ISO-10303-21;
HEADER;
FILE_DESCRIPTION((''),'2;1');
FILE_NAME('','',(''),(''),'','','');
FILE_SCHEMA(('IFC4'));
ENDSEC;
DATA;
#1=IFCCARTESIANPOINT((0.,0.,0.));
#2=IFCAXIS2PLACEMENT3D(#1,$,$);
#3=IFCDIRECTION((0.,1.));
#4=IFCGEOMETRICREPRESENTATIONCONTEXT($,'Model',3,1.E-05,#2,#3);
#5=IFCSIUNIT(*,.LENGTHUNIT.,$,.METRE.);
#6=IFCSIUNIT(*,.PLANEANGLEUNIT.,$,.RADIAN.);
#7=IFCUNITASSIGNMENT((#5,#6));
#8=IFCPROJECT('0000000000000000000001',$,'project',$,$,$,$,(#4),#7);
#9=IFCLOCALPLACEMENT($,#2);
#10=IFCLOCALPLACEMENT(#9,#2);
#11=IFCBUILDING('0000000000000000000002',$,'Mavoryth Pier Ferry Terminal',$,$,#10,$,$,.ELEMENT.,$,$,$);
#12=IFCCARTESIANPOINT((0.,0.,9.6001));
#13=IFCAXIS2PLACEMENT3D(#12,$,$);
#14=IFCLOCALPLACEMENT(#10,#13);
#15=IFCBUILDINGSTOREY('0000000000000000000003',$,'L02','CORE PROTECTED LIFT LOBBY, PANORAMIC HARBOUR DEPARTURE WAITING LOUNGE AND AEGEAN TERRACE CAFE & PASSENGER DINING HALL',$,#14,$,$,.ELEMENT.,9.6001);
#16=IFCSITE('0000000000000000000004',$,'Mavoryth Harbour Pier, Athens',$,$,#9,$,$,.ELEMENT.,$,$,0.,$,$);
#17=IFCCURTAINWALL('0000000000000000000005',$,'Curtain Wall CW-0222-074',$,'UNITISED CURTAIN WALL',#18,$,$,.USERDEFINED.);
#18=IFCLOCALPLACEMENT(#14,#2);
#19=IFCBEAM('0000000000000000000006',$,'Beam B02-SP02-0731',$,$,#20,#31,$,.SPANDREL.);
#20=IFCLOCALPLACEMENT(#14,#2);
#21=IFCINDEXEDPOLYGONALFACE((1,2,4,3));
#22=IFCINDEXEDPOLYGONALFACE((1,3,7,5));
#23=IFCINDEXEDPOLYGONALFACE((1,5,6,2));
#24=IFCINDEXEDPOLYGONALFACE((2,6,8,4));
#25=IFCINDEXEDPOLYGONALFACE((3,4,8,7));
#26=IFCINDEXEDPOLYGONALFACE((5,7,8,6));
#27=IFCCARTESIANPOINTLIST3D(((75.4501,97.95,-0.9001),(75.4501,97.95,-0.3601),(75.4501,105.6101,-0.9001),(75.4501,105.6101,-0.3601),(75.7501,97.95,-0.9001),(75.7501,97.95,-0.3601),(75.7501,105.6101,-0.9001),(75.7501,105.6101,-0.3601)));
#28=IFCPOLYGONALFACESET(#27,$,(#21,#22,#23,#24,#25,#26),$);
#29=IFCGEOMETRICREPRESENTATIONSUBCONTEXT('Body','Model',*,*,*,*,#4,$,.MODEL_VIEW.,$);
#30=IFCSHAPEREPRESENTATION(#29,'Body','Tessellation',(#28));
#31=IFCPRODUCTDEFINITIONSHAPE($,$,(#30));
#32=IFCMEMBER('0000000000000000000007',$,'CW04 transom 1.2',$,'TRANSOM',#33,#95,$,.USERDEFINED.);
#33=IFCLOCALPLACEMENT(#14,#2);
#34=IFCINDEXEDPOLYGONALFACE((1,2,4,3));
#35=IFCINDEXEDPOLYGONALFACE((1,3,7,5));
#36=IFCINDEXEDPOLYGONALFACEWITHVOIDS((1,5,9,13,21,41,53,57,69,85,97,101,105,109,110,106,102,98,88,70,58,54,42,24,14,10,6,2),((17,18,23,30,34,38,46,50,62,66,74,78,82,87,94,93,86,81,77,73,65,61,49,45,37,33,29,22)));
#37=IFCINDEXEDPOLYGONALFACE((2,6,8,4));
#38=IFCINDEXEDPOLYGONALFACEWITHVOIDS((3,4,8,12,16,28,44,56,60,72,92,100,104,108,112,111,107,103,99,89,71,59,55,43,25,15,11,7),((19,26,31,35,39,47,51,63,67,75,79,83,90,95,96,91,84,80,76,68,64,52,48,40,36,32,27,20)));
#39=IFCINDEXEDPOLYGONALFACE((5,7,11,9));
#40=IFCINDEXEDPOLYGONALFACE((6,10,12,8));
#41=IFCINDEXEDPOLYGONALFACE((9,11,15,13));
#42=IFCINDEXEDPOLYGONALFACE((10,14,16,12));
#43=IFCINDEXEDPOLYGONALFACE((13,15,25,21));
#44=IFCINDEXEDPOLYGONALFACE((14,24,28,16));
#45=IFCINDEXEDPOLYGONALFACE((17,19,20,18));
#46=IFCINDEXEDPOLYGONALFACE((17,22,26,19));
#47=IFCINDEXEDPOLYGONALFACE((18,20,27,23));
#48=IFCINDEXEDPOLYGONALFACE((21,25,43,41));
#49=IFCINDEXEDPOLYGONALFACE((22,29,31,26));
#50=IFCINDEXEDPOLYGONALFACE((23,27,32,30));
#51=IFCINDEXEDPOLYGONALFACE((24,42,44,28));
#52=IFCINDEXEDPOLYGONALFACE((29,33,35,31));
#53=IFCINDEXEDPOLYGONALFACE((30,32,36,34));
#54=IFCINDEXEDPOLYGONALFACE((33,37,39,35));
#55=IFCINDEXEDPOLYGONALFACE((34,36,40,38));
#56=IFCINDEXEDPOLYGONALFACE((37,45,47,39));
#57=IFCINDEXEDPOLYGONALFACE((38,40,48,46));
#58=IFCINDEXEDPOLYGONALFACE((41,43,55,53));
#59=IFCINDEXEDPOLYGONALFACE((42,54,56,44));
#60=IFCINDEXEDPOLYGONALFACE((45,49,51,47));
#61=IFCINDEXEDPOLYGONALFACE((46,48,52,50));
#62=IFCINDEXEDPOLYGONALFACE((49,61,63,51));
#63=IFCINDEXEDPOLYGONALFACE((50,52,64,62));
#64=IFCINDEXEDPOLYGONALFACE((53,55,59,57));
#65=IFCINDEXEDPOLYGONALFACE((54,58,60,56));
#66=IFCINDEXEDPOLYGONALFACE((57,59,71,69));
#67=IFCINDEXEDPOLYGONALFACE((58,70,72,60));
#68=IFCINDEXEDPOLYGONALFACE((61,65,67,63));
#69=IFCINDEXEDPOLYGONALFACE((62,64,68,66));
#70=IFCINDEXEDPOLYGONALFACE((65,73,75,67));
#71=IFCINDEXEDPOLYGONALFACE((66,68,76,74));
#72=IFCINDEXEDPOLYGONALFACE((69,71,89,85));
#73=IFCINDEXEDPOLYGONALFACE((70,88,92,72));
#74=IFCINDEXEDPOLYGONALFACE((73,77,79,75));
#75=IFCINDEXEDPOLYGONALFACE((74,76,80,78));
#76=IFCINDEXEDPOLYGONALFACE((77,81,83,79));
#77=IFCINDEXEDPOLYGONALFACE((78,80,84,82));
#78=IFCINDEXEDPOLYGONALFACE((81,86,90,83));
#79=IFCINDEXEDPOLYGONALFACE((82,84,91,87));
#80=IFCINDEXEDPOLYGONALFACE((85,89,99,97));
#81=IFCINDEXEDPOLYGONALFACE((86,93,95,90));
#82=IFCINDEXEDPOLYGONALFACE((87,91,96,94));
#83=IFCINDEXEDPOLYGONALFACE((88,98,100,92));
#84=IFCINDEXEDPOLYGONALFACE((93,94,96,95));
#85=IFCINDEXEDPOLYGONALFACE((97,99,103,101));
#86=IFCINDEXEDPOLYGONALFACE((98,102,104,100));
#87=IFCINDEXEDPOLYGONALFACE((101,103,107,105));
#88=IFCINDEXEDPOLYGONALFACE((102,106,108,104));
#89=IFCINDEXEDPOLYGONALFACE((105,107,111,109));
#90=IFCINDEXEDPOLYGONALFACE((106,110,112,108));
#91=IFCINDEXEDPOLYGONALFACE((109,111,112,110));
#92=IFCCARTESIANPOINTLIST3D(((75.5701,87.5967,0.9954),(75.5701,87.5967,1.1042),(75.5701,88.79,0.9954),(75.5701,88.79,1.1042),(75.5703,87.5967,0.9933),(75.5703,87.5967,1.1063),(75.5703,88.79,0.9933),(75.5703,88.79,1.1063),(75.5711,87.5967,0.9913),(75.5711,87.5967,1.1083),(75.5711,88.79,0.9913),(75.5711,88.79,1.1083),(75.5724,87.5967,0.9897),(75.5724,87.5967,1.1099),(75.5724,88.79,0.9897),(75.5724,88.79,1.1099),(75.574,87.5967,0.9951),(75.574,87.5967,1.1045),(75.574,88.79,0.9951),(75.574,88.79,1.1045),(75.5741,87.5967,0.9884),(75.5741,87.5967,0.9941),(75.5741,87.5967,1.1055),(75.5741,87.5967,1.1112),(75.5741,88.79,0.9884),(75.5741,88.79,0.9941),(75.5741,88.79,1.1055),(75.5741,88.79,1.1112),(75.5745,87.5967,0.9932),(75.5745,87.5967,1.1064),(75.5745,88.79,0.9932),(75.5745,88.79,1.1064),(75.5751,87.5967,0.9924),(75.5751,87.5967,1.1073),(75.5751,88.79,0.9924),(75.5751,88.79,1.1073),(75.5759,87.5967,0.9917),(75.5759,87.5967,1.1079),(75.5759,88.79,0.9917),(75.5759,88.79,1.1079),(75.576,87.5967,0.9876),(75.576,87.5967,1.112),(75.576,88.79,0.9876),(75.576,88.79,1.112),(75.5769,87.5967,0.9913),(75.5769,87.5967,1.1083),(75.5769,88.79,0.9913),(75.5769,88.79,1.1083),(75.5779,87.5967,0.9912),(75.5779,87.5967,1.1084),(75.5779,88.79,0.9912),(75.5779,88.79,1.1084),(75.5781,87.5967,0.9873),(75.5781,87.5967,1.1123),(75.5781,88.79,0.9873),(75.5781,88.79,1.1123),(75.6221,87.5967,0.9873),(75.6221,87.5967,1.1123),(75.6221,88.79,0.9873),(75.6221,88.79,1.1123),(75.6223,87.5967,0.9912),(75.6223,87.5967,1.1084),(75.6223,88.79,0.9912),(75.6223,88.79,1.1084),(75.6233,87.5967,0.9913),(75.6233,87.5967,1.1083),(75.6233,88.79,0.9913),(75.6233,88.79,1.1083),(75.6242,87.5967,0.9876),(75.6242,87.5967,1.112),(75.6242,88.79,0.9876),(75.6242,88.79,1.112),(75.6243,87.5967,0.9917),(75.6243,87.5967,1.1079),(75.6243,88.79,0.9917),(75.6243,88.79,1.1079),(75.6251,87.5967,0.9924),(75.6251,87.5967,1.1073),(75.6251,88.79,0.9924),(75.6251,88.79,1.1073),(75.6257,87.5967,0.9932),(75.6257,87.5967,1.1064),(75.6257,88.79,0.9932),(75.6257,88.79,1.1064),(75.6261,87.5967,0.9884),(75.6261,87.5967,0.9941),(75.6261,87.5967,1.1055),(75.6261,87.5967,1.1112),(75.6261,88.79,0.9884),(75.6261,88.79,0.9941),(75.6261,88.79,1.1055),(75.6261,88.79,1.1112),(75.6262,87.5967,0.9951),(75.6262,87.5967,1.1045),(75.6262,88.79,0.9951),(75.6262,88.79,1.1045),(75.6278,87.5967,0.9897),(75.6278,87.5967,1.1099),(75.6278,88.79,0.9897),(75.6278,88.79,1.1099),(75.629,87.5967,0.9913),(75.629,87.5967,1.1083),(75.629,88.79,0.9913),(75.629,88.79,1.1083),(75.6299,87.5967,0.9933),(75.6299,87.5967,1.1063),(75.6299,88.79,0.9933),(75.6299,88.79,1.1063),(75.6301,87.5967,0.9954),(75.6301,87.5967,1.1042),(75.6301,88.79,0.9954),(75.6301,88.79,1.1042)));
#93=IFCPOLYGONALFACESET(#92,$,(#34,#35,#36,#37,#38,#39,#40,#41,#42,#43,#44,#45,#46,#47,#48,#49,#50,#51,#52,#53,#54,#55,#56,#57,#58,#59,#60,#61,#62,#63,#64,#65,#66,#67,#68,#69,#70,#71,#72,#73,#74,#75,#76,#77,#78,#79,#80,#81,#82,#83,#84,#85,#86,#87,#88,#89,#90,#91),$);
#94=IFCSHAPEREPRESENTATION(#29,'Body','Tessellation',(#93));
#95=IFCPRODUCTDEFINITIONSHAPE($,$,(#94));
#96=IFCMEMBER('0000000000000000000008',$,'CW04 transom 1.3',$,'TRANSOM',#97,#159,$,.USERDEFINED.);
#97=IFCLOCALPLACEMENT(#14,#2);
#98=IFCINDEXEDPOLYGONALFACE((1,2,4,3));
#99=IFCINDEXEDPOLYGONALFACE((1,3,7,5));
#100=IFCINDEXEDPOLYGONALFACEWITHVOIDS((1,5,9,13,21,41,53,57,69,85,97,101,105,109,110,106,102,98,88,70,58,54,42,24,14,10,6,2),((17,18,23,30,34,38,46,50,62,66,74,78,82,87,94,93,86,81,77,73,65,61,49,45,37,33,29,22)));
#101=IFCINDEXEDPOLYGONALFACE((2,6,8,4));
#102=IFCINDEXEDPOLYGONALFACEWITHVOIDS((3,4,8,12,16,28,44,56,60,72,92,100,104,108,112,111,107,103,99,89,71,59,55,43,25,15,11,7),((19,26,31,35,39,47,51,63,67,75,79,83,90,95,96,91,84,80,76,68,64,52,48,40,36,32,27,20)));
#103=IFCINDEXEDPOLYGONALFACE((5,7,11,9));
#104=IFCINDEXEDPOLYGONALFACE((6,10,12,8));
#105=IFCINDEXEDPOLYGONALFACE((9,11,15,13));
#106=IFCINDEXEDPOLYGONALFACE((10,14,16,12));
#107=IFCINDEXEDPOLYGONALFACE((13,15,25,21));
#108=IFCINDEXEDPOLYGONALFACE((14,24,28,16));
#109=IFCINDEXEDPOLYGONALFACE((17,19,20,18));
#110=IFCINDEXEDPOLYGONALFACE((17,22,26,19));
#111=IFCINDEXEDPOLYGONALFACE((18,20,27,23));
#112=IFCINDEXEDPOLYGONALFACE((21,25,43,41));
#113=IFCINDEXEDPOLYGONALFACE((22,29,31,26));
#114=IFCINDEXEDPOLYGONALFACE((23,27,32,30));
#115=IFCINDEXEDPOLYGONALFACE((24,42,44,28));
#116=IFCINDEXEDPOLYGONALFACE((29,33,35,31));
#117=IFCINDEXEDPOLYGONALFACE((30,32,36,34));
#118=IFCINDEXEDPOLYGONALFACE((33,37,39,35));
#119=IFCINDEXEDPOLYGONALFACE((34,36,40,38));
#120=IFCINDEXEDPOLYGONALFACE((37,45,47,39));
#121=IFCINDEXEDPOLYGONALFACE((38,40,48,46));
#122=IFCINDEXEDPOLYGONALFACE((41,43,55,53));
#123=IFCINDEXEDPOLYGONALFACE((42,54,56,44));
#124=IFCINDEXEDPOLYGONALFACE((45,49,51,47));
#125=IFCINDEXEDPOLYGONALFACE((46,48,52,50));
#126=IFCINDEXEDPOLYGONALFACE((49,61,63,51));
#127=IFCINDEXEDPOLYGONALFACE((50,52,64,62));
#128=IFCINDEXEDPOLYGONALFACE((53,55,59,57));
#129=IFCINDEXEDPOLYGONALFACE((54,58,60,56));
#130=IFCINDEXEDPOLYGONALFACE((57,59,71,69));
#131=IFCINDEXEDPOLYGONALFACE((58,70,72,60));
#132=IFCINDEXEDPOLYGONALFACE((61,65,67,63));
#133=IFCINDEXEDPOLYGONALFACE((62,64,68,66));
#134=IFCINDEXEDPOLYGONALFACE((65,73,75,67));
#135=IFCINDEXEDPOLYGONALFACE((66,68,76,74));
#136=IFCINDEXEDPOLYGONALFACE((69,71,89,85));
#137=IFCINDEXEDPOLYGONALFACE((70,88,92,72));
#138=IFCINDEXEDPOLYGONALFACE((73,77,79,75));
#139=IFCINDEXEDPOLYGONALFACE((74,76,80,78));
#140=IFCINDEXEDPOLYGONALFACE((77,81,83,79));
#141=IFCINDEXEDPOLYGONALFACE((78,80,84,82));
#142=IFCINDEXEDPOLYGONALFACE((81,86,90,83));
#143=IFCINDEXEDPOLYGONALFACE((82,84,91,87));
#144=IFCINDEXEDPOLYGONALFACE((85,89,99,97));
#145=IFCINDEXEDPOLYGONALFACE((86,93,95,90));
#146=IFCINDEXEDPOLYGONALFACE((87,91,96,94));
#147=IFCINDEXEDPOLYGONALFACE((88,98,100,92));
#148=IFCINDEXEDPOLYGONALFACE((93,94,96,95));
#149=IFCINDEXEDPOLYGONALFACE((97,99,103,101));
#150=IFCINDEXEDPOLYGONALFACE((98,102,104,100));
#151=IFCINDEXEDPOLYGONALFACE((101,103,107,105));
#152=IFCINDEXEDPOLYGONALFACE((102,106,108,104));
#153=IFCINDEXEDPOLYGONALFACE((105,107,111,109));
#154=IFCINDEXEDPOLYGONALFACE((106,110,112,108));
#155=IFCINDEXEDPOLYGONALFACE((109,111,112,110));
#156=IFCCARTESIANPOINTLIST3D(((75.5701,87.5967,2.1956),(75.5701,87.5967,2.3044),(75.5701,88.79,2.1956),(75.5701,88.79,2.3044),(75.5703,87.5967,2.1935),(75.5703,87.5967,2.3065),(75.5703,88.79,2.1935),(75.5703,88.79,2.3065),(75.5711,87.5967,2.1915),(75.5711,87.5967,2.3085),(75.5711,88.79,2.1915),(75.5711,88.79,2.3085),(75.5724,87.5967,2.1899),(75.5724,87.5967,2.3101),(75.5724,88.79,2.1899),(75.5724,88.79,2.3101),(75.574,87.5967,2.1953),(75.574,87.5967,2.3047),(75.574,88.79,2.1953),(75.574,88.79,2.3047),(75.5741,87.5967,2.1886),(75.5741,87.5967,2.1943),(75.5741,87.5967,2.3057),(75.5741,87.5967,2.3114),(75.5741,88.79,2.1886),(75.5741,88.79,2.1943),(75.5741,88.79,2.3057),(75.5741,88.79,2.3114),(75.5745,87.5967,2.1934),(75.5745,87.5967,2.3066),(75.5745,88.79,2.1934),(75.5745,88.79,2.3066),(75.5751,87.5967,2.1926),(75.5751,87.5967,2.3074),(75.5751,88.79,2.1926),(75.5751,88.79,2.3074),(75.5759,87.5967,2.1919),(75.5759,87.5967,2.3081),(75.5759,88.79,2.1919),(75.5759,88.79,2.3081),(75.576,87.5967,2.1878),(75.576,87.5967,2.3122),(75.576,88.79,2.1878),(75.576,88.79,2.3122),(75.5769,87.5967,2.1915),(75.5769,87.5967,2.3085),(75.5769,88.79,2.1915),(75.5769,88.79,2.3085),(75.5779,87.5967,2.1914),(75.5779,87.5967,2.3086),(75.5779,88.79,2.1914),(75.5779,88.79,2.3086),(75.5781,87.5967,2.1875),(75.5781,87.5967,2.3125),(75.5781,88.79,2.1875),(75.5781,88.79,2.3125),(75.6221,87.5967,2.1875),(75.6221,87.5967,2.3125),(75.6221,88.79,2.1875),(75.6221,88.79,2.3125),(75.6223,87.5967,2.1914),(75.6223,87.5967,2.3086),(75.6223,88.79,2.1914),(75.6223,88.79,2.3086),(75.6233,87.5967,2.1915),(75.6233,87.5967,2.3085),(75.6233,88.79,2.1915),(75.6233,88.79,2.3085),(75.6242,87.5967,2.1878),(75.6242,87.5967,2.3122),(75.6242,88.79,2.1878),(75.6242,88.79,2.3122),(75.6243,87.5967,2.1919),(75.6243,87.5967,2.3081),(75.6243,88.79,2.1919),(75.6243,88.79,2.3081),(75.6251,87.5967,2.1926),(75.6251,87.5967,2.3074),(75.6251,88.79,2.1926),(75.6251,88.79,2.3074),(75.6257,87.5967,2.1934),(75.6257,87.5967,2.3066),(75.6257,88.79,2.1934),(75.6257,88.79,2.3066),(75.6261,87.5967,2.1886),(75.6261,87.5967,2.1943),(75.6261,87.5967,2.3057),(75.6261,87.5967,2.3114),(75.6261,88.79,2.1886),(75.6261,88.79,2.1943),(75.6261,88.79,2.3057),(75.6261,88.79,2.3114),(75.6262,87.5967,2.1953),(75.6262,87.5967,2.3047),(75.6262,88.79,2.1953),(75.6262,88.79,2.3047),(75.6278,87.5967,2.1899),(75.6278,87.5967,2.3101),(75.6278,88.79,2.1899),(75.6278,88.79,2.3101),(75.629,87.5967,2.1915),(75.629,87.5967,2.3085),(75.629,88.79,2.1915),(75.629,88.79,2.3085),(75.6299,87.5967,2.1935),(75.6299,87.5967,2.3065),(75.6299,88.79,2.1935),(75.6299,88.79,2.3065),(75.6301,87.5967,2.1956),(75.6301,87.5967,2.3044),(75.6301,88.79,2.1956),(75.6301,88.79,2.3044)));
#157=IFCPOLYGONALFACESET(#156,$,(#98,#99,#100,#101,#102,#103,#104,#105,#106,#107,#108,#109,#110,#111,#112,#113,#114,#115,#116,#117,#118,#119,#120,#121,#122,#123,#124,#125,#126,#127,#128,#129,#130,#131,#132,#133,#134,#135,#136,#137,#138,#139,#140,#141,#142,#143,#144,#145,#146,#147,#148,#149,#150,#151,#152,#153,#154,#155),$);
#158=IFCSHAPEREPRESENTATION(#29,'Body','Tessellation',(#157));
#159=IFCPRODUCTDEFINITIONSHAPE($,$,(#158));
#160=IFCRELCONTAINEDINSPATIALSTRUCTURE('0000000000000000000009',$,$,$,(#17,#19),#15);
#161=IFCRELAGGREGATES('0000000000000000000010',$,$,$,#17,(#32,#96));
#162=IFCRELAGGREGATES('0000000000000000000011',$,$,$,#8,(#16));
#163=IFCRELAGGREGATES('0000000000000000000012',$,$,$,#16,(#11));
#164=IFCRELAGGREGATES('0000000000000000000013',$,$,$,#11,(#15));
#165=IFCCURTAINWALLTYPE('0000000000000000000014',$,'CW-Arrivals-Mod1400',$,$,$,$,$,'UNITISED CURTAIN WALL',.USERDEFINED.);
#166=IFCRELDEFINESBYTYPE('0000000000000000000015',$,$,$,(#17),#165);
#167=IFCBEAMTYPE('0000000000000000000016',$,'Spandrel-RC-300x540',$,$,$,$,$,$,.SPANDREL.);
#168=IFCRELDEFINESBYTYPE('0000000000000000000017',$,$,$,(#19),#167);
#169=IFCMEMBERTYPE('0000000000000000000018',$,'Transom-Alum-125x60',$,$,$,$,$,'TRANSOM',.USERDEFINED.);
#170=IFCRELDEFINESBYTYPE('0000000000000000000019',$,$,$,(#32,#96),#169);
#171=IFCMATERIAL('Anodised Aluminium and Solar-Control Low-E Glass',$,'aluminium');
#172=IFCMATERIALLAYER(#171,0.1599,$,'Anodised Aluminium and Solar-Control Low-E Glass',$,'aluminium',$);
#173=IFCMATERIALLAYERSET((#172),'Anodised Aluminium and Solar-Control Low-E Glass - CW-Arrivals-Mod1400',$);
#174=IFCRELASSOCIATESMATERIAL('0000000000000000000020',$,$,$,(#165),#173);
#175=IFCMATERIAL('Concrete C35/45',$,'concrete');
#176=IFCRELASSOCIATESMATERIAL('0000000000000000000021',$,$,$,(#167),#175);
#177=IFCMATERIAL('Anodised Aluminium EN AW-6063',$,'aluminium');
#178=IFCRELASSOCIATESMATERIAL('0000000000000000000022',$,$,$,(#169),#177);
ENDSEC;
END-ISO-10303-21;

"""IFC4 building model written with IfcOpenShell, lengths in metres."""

from ifc_helpers import new_model, si_unit, direction, frame, origin, origin_2d, place, context, subcontext, project, spatial, rectangle, hollow_rectangle, extrude, material, layer, layer_set, material_profile, profile_set, type_object, element, aggregate, save


model = new_model("IFC4")

# Units and contexts
model_context = context("Model", 3, precision=1e-05, world=origin(), true_north=direction((0.0, 1.0)))
body_context = subcontext(model_context, "Body", "Model", "MODEL_VIEW")
ifc_project = project(units=[si_unit("LENGTHUNIT", "METRE"), si_unit("PLANEANGLEUNIT", "RADIAN")], contexts=[model_context])

# Site, building, storey
site_placement = place(None, origin())
site = spatial("IfcSite", under=ifc_project, at=site_placement, Name="Mavoryth Harbour Pier, Athens", CompositionType="ELEMENT", RefElevation=0.0)
building_placement = place(site_placement, origin())
building = spatial("IfcBuilding", under=site, at=building_placement, Name="Mavoryth Pier Ferry Terminal", CompositionType="ELEMENT")
storey_placement = place(building_placement, frame((0.0, 0.0, 9.6001)))
storey = spatial("IfcBuildingStorey", under=building, at=storey_placement, Name="L02", Description="CORE PROTECTED LIFT LOBBY, PANORAMIC HARBOUR DEPARTURE WAITING LOUNGE AND AEGEAN TERRACE CAFE & PASSENGER DINING HALL", CompositionType="ELEMENT", Elevation=9.6001)

# Shared definitions
ifc_material_1 = material(Name="Concrete C35/45", Category="concrete")

# Curtain wall
ifc_material_2 = material(Name="Anodised Aluminium and Solar-Control Low-E Glass", Category="aluminium")
ifc_layer_1 = layer(ifc_material_2, 0.1599, Name="Anodised Aluminium and Solar-Control Low-E Glass", Category="aluminium")
ifc_layer_set_1 = layer_set([ifc_layer_1], Name="Anodised Aluminium and Solar-Control Low-E Glass - CW-Arrivals-Mod1400")
curtain_wall_type = type_object("IfcCurtainWallType", Name="CW-Arrivals-Mod1400", ElementType="UNITISED CURTAIN WALL", PredefinedType="USERDEFINED", material=ifc_layer_set_1)
curtain_wall_placement = place(storey_placement, origin())
curtain_wall = element("IfcCurtainWall", 1, at=curtain_wall_placement, inside=storey, type_object=curtain_wall_type, Name="Curtain Wall CW-0222-074", ObjectType="UNITISED CURTAIN WALL", PredefinedType="USERDEFINED")
ifc_material_3 = material(Name="Anodised Aluminium EN AW-6063", Category="aluminium")

# Beam
ifc_material_profile_1 = material_profile(ifc_material_1, rectangle(XDim=0.3, YDim=0.54, at=origin_2d()), Name="RC 300x540", Category="concrete")
ifc_profile_set_1 = profile_set([ifc_material_profile_1], Name="Concrete C35/45 - RC 300x540")
beam_type_1 = type_object("IfcBeamType", Name="Spandrel-RC-300x540", PredefinedType="SPANDREL", material=ifc_profile_set_1)
beam_1_placement = place(storey_placement, frame((75.6001, 97.95, -0.6301), z_axis=(0.0, 1.0, 0.0), x_axis=(-1.0, 0.0, 0.0)))
element("IfcBeam", 2, at=beam_1_placement, inside=storey, type_object=beam_type_1, Name="Beam B02-SP02-0731", PredefinedType="SPANDREL", context=body_context, shape_type="SweptSolid", body=[
    extrude(rectangle(XDim=0.3, YDim=0.54, at=origin_2d()), origin(), (0.0, 0.0, 1.0), 7.6602),
])

# Members
ifc_material_profile_2 = material_profile(ifc_material_3, hollow_rectangle(XDim=0.0601, YDim=0.125, WallThickness=0.0039, InnerFilletRadius=0.0039, OuterFilletRadius=0.0081, at=origin_2d()), Name="AL-TRAN 125x60x4", Category="aluminium")
ifc_profile_set_2 = profile_set([ifc_material_profile_2], Name="Anodised Aluminium EN AW-6063 - AL-TRAN 125x60x4")
member_type_1 = type_object("IfcMemberType", Name="Transom-Alum-125x60", ElementType="TRANSOM", PredefinedType="USERDEFINED", material=ifc_profile_set_2)
member_1_placement = place(storey_placement, frame((75.6001, 88.79, 1.0498), z_axis=(0.0, -1.0, 0.0), x_axis=(1.0, 0.0, 0.0)))
member_1 = element("IfcMember", 3, at=member_1_placement, type_object=member_type_1, Name="CW04 transom 1.2", ObjectType="TRANSOM", PredefinedType="USERDEFINED", context=body_context, shape_type="SweptSolid", body=[
    extrude(hollow_rectangle(XDim=0.0601, YDim=0.125, WallThickness=0.0039, InnerFilletRadius=0.0039, OuterFilletRadius=0.0081, at=origin_2d()), origin(), (0.0, 0.0, 1.0), 1.1934),
])
member_2_placement = place(storey_placement, frame((75.6001, 88.79, 2.25), z_axis=(0.0, -1.0, 0.0), x_axis=(1.0, 0.0, 0.0)))
member_2 = element("IfcMember", 4, at=member_2_placement, type_object=member_type_1, Name="CW04 transom 1.3", ObjectType="TRANSOM", PredefinedType="USERDEFINED", context=body_context, shape_type="SweptSolid", body=[
    extrude(hollow_rectangle(XDim=0.0601, YDim=0.125, WallThickness=0.0039, InnerFilletRadius=0.0039, OuterFilletRadius=0.0081, at=origin_2d()), origin(), (0.0, 0.0, 1.0), 1.1934),
])
aggregate(curtain_wall, [member_1, member_2])

save(model, "model.ifc")
